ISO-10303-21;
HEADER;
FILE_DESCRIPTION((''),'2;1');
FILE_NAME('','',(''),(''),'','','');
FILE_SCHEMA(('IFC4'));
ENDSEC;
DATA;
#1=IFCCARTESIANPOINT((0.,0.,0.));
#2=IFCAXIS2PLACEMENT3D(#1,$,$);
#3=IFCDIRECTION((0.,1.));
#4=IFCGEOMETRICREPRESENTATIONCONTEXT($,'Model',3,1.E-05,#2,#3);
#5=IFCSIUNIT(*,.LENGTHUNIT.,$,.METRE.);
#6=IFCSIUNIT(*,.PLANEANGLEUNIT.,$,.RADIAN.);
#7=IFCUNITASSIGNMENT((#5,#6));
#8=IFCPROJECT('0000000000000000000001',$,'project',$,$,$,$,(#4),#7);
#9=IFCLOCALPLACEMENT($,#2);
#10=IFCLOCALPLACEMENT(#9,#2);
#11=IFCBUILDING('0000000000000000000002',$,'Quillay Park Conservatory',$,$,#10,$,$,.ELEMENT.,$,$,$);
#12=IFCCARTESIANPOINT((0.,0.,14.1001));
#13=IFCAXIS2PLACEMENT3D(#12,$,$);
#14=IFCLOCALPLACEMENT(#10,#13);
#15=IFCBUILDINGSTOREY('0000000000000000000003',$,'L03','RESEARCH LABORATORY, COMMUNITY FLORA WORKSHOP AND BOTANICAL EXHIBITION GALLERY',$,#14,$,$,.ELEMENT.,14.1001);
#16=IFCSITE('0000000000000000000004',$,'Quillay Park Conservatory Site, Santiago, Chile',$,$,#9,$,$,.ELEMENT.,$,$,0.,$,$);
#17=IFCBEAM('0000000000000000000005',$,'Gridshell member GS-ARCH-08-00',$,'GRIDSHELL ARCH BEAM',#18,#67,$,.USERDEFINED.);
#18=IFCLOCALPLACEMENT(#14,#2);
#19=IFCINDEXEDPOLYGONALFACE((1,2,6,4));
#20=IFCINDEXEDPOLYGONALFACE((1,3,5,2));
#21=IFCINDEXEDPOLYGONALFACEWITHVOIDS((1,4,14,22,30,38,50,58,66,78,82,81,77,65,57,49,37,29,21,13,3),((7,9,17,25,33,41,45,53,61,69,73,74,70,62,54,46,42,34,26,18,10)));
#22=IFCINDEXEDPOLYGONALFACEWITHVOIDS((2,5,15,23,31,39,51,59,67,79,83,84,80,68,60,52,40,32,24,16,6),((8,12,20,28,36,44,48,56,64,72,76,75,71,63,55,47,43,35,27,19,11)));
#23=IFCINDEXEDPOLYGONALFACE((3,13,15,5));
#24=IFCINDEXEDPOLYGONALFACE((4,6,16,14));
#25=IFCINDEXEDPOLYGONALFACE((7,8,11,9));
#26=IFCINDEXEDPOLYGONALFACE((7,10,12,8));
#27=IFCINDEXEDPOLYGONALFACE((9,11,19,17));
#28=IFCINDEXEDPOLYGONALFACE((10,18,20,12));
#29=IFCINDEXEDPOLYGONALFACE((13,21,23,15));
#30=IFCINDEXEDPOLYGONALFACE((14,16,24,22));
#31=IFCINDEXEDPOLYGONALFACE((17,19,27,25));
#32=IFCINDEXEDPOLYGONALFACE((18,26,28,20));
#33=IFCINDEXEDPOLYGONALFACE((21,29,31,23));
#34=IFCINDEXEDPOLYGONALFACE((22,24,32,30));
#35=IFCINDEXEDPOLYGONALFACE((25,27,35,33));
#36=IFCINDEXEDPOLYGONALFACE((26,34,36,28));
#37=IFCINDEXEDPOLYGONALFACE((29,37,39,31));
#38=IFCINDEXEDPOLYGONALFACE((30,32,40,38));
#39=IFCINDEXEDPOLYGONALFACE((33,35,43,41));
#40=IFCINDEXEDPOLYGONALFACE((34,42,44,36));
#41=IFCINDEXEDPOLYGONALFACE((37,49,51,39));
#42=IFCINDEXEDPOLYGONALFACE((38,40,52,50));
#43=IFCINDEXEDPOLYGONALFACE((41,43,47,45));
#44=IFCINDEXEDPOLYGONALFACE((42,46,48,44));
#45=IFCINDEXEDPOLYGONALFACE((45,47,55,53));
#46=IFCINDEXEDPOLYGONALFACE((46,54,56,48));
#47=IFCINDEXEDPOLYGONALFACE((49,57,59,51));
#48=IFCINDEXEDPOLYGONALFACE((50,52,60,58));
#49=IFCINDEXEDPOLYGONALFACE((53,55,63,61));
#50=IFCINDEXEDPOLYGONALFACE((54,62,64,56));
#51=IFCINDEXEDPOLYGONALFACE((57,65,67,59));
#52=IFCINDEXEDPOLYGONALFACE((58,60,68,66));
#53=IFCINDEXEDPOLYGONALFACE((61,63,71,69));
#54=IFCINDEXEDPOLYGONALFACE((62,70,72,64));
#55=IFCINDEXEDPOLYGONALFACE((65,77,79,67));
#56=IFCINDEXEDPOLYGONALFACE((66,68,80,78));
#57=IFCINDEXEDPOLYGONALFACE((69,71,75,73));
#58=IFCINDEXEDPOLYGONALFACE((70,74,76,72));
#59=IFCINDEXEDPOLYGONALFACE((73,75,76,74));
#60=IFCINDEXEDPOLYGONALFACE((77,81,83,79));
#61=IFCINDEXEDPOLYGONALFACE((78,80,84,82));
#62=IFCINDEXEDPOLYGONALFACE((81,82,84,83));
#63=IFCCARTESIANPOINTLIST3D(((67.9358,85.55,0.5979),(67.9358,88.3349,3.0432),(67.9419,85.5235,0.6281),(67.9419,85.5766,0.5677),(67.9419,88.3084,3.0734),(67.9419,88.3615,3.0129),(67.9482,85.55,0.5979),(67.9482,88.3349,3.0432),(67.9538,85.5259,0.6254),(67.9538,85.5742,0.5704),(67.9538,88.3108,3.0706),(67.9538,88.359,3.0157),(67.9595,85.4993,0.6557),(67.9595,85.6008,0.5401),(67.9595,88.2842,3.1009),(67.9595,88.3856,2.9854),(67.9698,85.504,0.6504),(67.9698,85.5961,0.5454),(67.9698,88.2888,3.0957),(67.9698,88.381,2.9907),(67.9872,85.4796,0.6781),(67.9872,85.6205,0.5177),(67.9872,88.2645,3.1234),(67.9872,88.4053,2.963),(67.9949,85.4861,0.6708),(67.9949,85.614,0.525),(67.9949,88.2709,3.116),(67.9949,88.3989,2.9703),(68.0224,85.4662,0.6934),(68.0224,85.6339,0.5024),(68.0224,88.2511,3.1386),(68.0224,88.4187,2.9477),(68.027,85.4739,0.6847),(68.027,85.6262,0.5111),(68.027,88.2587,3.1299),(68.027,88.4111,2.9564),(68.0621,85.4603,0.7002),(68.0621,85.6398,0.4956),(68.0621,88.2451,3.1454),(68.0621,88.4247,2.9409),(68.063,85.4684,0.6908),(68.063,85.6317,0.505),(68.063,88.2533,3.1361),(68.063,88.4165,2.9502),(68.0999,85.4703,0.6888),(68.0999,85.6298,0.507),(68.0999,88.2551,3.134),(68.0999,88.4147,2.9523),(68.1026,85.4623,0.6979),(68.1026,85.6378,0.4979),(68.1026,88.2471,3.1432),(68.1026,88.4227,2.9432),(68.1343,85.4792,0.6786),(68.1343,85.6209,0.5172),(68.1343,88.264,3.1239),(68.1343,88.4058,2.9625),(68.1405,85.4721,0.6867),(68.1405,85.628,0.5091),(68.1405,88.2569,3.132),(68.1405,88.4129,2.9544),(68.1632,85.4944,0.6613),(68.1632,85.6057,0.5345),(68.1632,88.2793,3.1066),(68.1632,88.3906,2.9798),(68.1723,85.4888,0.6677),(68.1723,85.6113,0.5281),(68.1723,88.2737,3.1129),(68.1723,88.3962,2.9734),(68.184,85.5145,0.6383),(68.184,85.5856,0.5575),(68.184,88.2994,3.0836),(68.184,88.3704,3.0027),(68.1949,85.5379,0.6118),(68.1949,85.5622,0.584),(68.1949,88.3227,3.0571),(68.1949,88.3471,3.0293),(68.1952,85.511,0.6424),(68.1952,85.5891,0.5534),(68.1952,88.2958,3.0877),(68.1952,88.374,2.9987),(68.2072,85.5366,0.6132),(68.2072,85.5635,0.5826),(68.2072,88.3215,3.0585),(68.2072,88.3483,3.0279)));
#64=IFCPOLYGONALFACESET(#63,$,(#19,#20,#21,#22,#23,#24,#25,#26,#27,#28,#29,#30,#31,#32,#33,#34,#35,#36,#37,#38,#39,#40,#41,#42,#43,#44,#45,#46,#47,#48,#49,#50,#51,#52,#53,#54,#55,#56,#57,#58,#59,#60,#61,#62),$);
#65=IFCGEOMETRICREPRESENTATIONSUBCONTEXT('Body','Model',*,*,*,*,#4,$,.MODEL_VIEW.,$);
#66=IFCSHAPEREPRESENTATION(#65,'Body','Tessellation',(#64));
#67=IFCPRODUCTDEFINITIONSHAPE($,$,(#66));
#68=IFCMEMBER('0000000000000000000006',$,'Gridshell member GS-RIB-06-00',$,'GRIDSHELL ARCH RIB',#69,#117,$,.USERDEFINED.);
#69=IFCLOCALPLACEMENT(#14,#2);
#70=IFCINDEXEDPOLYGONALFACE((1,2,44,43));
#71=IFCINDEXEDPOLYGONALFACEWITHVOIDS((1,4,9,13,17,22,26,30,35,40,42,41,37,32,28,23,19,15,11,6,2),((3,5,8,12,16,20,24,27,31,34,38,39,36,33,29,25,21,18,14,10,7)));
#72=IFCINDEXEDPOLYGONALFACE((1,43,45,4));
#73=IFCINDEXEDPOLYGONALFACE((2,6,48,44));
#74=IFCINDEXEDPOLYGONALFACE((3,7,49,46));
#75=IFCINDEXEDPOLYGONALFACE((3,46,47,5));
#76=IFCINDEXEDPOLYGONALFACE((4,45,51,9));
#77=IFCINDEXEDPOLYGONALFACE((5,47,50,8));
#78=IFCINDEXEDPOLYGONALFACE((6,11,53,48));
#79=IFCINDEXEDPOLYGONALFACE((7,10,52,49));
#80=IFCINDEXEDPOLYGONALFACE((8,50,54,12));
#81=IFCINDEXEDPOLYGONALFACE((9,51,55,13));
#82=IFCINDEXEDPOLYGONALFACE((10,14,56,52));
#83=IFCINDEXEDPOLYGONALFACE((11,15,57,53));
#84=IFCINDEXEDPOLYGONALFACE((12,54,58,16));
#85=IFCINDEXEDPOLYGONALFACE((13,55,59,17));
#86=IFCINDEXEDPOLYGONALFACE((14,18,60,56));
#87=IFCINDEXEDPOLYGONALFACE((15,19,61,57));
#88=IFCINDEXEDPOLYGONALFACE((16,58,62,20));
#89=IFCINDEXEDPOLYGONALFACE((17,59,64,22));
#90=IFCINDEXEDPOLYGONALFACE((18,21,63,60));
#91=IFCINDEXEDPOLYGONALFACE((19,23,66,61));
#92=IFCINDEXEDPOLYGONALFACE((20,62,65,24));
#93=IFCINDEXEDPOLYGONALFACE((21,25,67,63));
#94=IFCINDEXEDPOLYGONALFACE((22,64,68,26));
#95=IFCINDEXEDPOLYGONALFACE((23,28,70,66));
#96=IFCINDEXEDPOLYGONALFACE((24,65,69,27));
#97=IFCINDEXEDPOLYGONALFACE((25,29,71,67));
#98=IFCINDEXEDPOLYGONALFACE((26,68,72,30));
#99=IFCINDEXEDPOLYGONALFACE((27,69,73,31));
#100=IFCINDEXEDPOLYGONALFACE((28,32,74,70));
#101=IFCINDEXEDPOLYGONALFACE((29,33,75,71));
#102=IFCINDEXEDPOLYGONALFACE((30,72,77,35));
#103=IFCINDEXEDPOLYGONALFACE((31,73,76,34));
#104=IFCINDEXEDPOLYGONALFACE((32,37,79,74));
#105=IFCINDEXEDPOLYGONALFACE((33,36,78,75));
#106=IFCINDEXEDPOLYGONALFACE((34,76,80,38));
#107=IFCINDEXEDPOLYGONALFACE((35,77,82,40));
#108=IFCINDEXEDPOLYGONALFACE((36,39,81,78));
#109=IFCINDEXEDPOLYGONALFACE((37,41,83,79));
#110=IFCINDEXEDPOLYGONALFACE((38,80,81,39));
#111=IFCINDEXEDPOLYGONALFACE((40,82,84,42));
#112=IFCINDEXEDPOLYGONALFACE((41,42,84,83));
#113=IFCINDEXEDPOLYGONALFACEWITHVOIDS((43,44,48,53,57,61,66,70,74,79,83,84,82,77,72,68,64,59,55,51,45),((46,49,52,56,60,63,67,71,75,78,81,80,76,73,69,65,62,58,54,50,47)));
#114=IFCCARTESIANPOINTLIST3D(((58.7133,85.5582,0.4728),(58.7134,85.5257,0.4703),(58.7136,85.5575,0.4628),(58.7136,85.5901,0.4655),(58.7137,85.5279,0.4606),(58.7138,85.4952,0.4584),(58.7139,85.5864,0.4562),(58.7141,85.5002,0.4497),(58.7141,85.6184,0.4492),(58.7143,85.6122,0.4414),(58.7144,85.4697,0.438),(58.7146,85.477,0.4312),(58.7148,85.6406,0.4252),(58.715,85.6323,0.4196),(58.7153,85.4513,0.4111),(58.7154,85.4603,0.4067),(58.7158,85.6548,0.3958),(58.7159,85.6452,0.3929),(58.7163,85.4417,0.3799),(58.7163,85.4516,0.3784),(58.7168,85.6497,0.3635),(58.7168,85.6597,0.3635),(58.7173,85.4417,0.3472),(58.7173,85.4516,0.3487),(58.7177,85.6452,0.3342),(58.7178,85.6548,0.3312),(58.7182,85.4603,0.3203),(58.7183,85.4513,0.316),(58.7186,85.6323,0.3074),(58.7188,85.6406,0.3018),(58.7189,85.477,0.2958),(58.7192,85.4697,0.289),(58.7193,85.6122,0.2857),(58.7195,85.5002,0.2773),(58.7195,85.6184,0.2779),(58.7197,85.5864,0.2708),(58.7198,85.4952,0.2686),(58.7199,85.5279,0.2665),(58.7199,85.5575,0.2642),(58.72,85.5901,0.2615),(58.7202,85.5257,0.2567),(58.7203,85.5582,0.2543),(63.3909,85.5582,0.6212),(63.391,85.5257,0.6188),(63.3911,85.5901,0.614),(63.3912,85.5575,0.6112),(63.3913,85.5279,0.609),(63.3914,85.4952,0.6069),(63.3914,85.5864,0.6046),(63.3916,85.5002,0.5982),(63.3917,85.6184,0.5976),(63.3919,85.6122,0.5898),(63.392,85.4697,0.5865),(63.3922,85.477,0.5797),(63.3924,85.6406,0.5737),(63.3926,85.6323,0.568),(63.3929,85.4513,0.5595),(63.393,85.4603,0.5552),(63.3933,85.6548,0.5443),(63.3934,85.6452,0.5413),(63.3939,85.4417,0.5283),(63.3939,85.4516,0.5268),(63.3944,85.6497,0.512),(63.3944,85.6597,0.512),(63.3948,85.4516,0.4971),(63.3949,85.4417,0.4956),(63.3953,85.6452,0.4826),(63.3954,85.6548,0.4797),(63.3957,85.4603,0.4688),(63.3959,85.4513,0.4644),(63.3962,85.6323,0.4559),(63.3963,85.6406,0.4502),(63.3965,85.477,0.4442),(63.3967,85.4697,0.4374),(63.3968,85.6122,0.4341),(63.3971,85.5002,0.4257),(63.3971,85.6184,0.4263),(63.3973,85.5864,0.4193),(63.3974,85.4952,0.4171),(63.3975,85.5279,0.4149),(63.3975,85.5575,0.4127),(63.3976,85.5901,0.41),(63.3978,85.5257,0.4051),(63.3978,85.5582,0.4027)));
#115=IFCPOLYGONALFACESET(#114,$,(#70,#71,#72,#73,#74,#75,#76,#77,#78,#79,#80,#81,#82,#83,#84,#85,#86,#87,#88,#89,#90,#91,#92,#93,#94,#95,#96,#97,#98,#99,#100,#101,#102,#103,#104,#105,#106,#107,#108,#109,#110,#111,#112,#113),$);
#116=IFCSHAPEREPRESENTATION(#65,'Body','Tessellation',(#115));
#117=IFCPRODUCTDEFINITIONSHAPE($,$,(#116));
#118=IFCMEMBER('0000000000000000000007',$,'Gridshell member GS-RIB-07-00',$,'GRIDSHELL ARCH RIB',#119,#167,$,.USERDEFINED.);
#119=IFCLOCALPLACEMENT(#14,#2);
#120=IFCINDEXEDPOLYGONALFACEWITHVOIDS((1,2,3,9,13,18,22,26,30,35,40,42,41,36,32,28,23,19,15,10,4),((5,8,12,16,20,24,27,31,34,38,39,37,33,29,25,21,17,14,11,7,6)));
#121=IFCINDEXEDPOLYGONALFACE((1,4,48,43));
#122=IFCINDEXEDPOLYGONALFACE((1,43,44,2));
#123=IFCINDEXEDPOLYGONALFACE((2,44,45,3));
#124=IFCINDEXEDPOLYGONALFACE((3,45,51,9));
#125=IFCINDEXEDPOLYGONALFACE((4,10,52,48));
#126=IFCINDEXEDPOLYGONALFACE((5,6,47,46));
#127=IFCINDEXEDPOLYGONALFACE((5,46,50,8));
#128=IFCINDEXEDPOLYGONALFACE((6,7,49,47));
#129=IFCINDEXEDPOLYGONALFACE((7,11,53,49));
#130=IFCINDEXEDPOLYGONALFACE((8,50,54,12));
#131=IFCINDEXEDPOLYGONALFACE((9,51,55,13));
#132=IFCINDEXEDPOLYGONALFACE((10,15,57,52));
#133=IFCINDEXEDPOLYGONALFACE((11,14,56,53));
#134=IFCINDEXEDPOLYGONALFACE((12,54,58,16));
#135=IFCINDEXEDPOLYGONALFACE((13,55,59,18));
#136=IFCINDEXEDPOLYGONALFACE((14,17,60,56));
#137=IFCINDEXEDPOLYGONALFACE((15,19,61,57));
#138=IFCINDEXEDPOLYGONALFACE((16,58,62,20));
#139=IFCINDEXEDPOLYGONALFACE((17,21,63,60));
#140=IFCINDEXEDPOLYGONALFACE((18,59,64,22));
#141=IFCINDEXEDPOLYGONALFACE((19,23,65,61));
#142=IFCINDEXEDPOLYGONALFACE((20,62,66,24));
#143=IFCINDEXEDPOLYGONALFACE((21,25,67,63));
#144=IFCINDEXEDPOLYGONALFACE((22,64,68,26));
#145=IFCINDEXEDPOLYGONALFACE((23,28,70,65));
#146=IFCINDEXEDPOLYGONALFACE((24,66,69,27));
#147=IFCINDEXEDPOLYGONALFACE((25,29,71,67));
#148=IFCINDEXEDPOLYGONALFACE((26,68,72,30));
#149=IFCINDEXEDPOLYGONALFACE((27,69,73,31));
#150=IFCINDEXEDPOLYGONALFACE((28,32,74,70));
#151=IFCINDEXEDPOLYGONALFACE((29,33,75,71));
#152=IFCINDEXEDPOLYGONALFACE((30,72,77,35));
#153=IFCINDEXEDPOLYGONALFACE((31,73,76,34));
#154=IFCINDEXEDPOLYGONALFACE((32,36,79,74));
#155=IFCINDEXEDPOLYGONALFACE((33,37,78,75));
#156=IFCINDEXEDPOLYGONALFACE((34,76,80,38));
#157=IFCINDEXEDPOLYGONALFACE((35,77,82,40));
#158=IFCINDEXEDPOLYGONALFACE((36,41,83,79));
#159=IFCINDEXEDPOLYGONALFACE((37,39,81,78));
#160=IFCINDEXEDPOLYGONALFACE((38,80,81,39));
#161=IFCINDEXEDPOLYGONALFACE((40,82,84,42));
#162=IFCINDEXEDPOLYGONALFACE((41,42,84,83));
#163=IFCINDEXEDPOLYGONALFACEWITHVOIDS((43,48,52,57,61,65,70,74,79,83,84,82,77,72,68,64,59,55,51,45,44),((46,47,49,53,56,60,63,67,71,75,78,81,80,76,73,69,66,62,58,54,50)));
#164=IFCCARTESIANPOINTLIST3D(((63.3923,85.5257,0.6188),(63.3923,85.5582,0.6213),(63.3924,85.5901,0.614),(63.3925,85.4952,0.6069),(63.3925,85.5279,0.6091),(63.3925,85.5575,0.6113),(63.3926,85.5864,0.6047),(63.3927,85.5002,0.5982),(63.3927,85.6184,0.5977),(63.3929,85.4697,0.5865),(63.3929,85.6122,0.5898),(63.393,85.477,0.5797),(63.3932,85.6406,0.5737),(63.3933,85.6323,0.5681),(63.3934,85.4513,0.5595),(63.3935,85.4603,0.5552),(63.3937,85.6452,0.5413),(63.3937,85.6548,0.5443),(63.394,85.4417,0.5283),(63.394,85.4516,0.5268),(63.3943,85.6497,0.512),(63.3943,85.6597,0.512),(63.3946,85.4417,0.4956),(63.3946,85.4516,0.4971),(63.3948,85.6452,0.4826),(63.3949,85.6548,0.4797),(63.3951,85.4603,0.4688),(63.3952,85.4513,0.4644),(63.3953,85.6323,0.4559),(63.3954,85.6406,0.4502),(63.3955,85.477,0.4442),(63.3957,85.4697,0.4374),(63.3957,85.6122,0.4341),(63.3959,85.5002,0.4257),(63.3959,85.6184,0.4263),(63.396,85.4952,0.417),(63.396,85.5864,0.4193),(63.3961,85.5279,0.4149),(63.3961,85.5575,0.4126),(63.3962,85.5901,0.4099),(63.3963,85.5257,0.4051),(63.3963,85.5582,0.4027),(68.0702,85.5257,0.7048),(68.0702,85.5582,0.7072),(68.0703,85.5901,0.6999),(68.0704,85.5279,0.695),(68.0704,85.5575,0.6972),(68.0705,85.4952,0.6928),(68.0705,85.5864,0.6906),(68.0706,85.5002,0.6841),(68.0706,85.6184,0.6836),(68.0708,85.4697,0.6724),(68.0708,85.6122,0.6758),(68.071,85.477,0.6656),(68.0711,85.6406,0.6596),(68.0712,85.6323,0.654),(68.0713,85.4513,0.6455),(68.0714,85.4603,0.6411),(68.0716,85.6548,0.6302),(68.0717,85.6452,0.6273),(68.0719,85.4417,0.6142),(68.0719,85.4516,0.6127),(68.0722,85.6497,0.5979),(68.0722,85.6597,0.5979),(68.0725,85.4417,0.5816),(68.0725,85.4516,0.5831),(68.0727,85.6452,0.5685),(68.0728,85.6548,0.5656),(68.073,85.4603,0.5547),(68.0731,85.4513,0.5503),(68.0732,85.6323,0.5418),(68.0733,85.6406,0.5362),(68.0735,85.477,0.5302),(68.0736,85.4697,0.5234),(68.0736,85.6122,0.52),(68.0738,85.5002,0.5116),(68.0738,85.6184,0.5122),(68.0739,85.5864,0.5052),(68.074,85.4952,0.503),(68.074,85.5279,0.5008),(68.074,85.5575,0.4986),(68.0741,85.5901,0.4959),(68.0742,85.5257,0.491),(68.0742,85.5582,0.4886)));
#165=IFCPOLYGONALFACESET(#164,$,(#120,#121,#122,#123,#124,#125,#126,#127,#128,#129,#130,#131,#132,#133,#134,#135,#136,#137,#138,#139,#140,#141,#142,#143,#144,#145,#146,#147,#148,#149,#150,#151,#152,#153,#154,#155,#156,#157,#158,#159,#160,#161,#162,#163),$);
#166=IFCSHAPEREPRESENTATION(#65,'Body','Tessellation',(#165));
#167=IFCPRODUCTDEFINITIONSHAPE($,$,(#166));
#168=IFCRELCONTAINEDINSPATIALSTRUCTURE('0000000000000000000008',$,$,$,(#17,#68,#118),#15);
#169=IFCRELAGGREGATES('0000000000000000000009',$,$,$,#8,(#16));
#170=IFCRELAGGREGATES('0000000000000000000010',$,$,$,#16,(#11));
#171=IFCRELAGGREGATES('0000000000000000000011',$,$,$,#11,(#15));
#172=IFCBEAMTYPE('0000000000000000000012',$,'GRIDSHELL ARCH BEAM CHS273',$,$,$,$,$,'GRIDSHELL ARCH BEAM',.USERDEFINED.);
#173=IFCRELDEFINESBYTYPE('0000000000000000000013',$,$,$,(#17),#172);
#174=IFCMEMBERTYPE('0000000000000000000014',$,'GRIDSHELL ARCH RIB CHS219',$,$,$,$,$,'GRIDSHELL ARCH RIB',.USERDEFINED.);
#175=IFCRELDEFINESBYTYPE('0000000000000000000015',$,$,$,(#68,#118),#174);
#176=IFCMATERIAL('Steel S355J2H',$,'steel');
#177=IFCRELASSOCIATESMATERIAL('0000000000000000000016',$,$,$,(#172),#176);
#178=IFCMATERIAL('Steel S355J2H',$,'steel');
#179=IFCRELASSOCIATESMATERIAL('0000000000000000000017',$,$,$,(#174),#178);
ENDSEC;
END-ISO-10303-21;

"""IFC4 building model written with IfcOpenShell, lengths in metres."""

from ifc_helpers import new_model, si_unit, direction, frame, origin, origin_2d, place, context, subcontext, project, spatial, hollow_circle, extrude, material, material_profile, profile_set, type_object, element, save


model = new_model("IFC4")

# Units and contexts
model_context = context("Model", 3, precision=1e-05, world=origin(), true_north=direction((0.0, 1.0)))
body_context = subcontext(model_context, "Body", "Model", "MODEL_VIEW")
ifc_project = project(units=[si_unit("LENGTHUNIT", "METRE"), si_unit("PLANEANGLEUNIT", "RADIAN")], contexts=[model_context])

# Site, building, storey
site_placement = place(None, origin())
site = spatial("IfcSite", under=ifc_project, at=site_placement, Name="Quillay Park Conservatory Site, Santiago, Chile", CompositionType="ELEMENT", RefElevation=0.0)
building_placement = place(site_placement, origin())
building = spatial("IfcBuilding", under=site, at=building_placement, Name="Quillay Park Conservatory", CompositionType="ELEMENT")
storey_placement = place(building_placement, frame((0.0, 0.0, 14.1001)))
storey = spatial("IfcBuildingStorey", under=building, at=storey_placement, Name="L03", Description="RESEARCH LABORATORY, COMMUNITY FLORA WORKSHOP AND BOTANICAL EXHIBITION GALLERY", CompositionType="ELEMENT", Elevation=14.1001)

# Beam
ifc_material_1 = material(Name="Steel S355J2H", Category="steel")
ifc_material_profile_1 = material_profile(ifc_material_1, hollow_circle(Radius=0.1365, WallThickness=0.0125, at=origin_2d()), Name="CHS273x12.5")
ifc_profile_set_1 = profile_set([ifc_material_profile_1], Name="Steel S355J2H")
beam_type = type_object("IfcBeamType", Name="GRIDSHELL ARCH BEAM CHS273", ElementType="GRIDSHELL ARCH BEAM", PredefinedType="USERDEFINED", material=ifc_profile_set_1)
for number, where, z_axis, x_axis, name in (
    (1, (68.0723, 85.55, 0.5979), (0.0, 0.751437, 0.659805), (-1.0, 0.0, 0.0), "Gridshell member GS-ARCH-08-00"),
):
    element("IfcBeam", number, at=place(storey_placement, frame(where, z_axis=z_axis, x_axis=x_axis)), inside=storey, type_object=beam_type, Name=name, ObjectType="GRIDSHELL ARCH BEAM", PredefinedType="USERDEFINED", context=body_context, shape_type="SweptSolid", body=[
        extrude(hollow_circle(Radius=0.1365, WallThickness=0.0125, at=origin_2d()), origin(), (0.0, 0.0, 1.0), 3.7061),
    ])

# Members
ifc_material_2 = material(Name="Steel S355J2H", Category="steel")
ifc_material_profile_2 = material_profile(ifc_material_2, hollow_circle(Radius=0.1096, WallThickness=0.01, at=origin_2d()), Name="CHS219.1x10")
ifc_profile_set_2 = profile_set([ifc_material_profile_2], Name="Steel S355J2H")
member_type = type_object("IfcMemberType", Name="GRIDSHELL ARCH RIB CHS219", ElementType="GRIDSHELL ARCH RIB", PredefinedType="USERDEFINED", material=ifc_profile_set_2)
member_1_placement = place(storey_placement, frame((58.7168, 85.55, 0.3635), z_axis=(0.999497, 0.0, 0.031718), x_axis=(0.0, 1.0, 0.0)))
element("IfcMember", 2, at=member_1_placement, inside=storey, type_object=member_type, Name="Gridshell member GS-RIB-06-00", ObjectType="GRIDSHELL ARCH RIB", PredefinedType="USERDEFINED", context=body_context, shape_type="SweptSolid", body=[
    extrude(hollow_circle(Radius=0.1096, WallThickness=0.01, at=origin_2d()), origin(), (0.0, 0.0, 1.0), 4.6799),
])
member_2_placement = place(storey_placement, frame((63.3943, 85.55, 0.512), z_axis=(0.999831, 0.0, 0.018368), x_axis=(0.0, 1.0, 0.0)))
element("IfcMember", 3, at=member_2_placement, inside=storey, type_object=member_type, Name="Gridshell member GS-RIB-07-00", ObjectType="GRIDSHELL ARCH RIB", PredefinedType="USERDEFINED", context=body_context, shape_type="SweptSolid", body=[
    extrude(hollow_circle(Radius=0.1096, WallThickness=0.01, at=origin_2d()), origin(), (0.0, 0.0, 1.0), 4.6787),
])

save(model, "model.ifc")
